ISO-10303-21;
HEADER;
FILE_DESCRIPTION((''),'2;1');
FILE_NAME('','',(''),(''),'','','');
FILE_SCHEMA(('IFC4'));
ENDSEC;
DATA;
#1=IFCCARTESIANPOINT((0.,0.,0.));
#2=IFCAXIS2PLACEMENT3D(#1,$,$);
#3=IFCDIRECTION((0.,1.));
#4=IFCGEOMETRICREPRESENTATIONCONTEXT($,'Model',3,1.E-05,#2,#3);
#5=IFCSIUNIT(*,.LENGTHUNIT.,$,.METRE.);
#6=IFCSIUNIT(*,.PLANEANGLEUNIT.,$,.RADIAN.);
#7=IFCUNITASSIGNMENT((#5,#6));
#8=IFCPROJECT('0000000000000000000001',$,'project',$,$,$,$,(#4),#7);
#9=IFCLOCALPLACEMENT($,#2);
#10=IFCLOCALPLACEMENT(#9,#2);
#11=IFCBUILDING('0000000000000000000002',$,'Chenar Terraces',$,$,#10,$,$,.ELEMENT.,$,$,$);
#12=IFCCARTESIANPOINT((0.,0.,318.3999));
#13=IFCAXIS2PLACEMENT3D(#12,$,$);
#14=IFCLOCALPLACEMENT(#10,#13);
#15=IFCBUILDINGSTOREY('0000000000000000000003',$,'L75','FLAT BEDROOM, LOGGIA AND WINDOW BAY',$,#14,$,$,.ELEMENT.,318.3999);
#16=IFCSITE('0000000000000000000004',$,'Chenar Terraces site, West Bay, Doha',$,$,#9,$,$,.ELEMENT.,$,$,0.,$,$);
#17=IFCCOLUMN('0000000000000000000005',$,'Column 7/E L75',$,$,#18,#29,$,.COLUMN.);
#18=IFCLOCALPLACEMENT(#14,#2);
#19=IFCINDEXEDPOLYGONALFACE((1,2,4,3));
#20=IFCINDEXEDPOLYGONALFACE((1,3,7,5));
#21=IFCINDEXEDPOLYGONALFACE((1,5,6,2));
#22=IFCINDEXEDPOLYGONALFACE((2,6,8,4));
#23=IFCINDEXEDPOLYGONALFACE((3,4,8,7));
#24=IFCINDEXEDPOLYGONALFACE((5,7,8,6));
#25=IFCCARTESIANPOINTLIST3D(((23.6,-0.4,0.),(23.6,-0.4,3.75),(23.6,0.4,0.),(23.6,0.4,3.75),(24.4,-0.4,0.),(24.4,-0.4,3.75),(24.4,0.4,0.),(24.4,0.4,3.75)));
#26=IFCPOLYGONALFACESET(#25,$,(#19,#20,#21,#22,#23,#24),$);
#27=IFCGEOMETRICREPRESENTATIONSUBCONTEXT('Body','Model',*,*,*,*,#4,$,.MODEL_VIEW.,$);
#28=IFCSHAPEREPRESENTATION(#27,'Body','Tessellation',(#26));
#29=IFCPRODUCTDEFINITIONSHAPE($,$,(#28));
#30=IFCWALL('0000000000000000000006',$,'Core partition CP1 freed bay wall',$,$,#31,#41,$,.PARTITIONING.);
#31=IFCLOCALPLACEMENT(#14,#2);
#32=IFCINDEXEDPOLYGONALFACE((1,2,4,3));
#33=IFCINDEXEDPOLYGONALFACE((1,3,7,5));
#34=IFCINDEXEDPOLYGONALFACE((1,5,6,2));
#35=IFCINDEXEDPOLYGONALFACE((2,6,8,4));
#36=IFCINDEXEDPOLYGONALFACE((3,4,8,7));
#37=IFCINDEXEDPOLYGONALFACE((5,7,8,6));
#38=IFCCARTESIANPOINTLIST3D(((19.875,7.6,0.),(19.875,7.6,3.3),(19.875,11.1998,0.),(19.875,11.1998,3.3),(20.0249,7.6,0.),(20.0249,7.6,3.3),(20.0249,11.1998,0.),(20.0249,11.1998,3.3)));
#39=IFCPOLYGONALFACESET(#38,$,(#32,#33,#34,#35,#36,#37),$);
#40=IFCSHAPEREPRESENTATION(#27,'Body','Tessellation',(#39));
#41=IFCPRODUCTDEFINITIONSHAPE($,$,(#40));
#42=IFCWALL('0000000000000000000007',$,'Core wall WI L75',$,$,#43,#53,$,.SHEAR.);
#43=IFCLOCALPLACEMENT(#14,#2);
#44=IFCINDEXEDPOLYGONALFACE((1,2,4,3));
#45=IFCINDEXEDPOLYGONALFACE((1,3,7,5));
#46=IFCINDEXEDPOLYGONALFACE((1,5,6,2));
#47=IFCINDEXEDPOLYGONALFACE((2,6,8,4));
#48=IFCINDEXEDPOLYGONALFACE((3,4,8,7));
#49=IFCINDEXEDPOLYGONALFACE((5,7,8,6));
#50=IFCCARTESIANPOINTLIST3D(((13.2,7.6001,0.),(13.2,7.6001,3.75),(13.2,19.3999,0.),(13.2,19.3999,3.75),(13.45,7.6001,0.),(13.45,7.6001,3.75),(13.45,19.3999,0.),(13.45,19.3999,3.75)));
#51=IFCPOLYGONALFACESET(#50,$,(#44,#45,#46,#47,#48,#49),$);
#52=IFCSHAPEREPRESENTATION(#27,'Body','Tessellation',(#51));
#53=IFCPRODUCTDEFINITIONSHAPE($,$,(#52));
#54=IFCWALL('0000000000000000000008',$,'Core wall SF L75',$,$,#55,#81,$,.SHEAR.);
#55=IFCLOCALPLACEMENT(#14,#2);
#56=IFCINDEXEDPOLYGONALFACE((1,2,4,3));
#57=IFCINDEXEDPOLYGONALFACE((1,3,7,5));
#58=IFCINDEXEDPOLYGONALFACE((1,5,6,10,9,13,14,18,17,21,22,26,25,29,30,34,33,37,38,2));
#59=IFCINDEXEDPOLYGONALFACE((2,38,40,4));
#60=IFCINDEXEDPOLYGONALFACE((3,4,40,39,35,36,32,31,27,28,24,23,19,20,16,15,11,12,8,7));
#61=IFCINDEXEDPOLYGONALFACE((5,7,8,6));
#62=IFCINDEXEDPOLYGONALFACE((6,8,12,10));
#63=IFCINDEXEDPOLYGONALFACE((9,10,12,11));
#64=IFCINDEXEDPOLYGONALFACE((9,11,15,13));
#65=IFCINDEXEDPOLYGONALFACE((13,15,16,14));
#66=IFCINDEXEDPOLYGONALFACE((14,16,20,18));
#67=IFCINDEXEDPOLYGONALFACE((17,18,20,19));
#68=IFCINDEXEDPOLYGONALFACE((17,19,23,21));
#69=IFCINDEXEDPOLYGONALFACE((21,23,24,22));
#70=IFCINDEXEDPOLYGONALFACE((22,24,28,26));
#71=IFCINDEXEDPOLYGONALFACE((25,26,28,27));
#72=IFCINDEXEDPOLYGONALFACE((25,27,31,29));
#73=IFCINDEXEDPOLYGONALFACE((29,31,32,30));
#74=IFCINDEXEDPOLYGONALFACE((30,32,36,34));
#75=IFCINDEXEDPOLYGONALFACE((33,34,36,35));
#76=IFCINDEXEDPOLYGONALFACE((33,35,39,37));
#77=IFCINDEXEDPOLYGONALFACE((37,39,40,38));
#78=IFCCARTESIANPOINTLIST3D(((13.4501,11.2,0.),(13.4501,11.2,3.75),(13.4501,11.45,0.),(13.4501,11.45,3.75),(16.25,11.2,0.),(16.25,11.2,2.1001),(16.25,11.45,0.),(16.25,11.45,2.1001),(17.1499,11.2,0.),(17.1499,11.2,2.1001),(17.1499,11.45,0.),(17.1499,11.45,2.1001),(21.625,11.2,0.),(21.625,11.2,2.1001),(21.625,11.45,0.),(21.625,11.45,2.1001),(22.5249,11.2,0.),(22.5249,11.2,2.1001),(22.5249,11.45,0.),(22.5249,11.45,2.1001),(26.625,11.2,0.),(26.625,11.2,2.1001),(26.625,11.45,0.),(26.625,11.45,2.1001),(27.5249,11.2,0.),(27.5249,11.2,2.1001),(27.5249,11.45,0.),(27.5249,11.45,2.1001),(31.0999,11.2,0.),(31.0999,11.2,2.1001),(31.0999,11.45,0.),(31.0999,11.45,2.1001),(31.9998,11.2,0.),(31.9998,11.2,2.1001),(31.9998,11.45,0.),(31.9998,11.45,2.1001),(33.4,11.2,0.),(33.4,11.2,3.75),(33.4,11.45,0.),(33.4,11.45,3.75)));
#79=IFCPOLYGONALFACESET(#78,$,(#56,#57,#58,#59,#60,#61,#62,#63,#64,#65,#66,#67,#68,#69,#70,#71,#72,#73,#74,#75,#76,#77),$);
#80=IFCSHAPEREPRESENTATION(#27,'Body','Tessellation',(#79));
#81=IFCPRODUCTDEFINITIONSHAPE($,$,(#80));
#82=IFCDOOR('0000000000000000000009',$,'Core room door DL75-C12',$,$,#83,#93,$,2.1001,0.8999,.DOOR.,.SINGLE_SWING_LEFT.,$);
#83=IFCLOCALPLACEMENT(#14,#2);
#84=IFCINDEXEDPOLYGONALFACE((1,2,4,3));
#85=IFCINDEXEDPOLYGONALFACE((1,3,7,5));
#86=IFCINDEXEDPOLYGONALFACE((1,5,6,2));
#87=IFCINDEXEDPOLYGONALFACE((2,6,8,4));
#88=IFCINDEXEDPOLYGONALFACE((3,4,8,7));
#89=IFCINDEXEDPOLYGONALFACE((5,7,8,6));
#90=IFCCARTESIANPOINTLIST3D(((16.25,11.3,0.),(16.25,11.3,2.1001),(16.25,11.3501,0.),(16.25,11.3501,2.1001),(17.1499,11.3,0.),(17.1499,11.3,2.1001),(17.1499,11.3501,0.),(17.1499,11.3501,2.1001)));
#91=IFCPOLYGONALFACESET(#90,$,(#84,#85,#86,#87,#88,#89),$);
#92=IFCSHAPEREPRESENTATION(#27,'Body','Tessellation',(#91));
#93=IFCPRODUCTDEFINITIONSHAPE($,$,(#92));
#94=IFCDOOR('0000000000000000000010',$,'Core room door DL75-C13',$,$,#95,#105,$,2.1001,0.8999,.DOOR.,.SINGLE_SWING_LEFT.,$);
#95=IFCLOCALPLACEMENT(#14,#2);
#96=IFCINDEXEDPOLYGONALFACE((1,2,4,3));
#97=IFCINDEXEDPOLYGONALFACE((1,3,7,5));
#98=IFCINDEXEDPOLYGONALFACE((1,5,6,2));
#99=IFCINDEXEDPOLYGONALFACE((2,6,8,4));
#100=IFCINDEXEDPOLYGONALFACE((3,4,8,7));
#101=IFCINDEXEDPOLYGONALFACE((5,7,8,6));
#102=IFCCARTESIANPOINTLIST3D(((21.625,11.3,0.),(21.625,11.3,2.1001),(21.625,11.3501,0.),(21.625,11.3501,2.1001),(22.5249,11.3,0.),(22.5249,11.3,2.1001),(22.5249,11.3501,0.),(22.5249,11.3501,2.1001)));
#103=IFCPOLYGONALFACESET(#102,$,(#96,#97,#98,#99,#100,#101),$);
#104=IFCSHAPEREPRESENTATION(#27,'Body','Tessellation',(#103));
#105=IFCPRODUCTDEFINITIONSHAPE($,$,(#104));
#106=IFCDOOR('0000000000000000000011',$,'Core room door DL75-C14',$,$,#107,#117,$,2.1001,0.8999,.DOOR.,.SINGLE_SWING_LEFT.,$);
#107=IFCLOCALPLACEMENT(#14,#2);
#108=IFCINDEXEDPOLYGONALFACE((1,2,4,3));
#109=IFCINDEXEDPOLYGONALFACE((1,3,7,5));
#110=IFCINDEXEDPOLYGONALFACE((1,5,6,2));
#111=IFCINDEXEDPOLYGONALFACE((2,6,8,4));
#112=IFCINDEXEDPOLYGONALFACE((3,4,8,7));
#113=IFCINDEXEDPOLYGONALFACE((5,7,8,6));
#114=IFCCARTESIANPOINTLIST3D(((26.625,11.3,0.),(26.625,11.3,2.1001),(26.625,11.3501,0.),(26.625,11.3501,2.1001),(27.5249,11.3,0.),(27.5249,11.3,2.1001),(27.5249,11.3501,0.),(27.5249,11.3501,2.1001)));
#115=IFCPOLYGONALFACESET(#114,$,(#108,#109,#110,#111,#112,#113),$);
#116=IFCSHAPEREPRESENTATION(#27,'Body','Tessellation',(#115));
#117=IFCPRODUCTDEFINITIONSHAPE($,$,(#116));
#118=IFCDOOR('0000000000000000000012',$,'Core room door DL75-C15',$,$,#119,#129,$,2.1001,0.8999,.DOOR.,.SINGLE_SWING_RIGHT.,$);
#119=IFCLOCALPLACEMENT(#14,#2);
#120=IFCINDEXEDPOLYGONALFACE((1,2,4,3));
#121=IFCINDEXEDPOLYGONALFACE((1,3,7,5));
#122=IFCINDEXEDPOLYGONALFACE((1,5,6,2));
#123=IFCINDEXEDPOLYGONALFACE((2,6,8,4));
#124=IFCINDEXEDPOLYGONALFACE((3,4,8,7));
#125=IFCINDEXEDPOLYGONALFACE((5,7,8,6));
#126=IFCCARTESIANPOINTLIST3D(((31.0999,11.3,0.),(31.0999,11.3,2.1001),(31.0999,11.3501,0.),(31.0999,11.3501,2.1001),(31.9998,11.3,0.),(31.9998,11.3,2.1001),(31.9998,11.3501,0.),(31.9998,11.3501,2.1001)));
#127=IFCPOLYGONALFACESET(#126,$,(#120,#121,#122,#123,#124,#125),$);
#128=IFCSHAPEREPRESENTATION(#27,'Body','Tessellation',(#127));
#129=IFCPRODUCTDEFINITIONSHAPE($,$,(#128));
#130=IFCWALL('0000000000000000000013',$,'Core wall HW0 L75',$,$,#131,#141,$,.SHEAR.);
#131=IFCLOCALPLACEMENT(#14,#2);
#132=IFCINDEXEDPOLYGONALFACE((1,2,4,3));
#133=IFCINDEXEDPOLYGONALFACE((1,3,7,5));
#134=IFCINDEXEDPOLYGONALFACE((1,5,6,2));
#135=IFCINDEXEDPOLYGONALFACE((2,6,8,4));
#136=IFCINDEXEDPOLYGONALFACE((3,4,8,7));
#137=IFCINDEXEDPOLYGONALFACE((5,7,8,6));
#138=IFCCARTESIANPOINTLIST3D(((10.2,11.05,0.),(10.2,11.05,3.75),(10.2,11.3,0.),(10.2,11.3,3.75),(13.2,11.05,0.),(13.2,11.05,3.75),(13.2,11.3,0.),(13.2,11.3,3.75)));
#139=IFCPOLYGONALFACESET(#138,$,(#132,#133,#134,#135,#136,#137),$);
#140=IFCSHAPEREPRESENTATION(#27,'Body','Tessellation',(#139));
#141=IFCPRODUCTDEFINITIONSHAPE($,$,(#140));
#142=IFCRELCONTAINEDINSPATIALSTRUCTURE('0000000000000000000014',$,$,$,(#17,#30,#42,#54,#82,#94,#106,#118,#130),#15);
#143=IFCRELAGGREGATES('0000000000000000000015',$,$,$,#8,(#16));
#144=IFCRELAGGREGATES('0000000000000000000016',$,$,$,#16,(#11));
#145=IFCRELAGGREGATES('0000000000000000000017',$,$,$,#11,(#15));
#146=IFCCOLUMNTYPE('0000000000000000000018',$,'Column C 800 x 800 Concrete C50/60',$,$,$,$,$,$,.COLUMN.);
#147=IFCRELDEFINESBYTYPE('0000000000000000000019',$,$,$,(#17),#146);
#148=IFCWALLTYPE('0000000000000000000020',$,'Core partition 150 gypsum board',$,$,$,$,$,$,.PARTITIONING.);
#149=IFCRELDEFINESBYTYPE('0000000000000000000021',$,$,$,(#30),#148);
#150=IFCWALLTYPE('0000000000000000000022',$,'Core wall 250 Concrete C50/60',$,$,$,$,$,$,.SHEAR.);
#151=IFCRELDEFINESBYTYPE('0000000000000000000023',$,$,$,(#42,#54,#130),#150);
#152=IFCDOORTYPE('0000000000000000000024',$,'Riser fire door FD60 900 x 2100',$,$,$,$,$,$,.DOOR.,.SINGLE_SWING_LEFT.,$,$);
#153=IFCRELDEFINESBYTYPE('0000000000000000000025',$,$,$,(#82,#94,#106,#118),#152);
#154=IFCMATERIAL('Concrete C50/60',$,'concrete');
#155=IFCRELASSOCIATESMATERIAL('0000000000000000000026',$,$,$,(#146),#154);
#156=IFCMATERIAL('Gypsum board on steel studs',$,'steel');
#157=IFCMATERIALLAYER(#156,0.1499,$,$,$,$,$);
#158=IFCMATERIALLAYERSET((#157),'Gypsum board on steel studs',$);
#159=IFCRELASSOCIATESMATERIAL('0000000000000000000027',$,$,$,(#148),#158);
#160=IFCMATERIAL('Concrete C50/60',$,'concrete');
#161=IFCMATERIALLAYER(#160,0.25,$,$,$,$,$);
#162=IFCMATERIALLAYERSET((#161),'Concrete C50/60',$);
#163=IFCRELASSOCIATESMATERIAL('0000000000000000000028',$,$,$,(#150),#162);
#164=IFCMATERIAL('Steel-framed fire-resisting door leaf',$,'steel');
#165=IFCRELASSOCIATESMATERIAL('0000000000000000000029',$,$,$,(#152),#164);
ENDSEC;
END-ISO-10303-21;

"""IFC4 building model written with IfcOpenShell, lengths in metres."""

from ifc_helpers import new_model, si_unit, direction, frame, frame_2d, origin, origin_2d, place, context, subcontext, project, spatial, rectangle, extrude, material, layer, layer_set, material_profile, profile_set, type_object, element, fill, save


model = new_model("IFC4")

# Units and contexts
model_context = context("Model", 3, precision=1e-05, world=origin(), true_north=direction((0.0, 1.0)))
body_context = subcontext(model_context, "Body", "Model", "MODEL_VIEW")
ifc_project = project(units=[si_unit("LENGTHUNIT", "METRE"), si_unit("PLANEANGLEUNIT", "RADIAN")], contexts=[model_context])

# Site, building, storey
site_placement = place(None, origin())
site = spatial("IfcSite", under=ifc_project, at=site_placement, Name="Chenar Terraces site, West Bay, Doha", CompositionType="ELEMENT", RefElevation=0.0)
building_placement = place(site_placement, origin())
building = spatial("IfcBuilding", under=site, at=building_placement, Name="Chenar Terraces", CompositionType="ELEMENT")
storey_placement = place(building_placement, frame((0.0, 0.0, 318.3999)))
storey = spatial("IfcBuildingStorey", under=building, at=storey_placement, Name="L75", Description="FLAT BEDROOM, LOGGIA AND WINDOW BAY", CompositionType="ELEMENT", Elevation=318.3999)

# Column
ifc_material_1 = material(Name="Concrete C50/60", Category="concrete")
ifc_material_profile = material_profile(ifc_material_1, rectangle(XDim=0.8, YDim=0.8, at=origin_2d()), Name="C 800 x 800")
ifc_profile_set = profile_set([ifc_material_profile], Name="Concrete C50/60")
column_type = type_object("IfcColumnType", Name="Column C 800 x 800 Concrete C50/60", PredefinedType="COLUMN", material=ifc_profile_set)
column_placement = place(storey_placement, frame((24.0, 0.0, 0.0), z_axis=(0.0, 0.0, 1.0), x_axis=(1.0, 0.0, 0.0)))
element("IfcColumn", 1, at=column_placement, inside=storey, type_object=column_type, Name="Column 7/E L75", PredefinedType="COLUMN", context=body_context, shape_type="SweptSolid", body=[
    extrude(rectangle(XDim=0.8, YDim=0.8, at=origin_2d()), origin(), (0.0, 0.0, 1.0), 3.75),
])

# Walls
ifc_material_2 = material(Name="Gypsum board on steel studs", Category="steel")
ifc_layer_1 = layer(ifc_material_2, 0.1499)
ifc_layer_set_1 = layer_set([ifc_layer_1], Name="Gypsum board on steel studs")
wall_type_1 = type_object("IfcWallType", Name="Core partition 150 gypsum board", PredefinedType="PARTITIONING", material=ifc_layer_set_1)
wall_1_placement = place(storey_placement, frame((19.95, 7.6001, 0.0), z_axis=(0.0, 0.0, 1.0), x_axis=(0.0, 1.0, 0.0)))
element("IfcWall", 2, at=wall_1_placement, inside=storey, type_object=wall_type_1, Name="Core partition CP1 freed bay wall", PredefinedType="PARTITIONING", context=body_context, shape_type="SweptSolid", body=[
    extrude(rectangle(XDim=3.5999, YDim=0.1499, at=frame_2d((1.7998, 0.0))), origin(), (0.0, 0.0, 1.0), 3.3),
])
ifc_material_3 = material(Name="Concrete C50/60", Category="concrete")
ifc_layer_2 = layer(ifc_material_3, 0.25)
ifc_layer_set_2 = layer_set([ifc_layer_2], Name="Concrete C50/60")
wall_type_2 = type_object("IfcWallType", Name="Core wall 250 Concrete C50/60", PredefinedType="SHEAR", material=ifc_layer_set_2)
wall_2_placement = place(storey_placement, frame((13.325, 7.6001, 0.0), z_axis=(0.0, 0.0, 1.0), x_axis=(0.0, 1.0, 0.0)))
element("IfcWall", 3, at=wall_2_placement, inside=storey, type_object=wall_type_2, Name="Core wall WI L75", PredefinedType="SHEAR", context=body_context, shape_type="SweptSolid", body=[
    extrude(rectangle(XDim=11.7998, YDim=0.25, at=frame_2d((5.8999, 0.0))), origin(), (0.0, 0.0, 1.0), 3.75),
])

# Wall, openings, doors
wall_3_placement = place(storey_placement, frame((13.45, 11.325, 0.0), z_axis=(0.0, 0.0, 1.0), x_axis=(1.0, 0.0, 0.0)))
wall_3 = element("IfcWall", 4, at=wall_3_placement, inside=storey, type_object=wall_type_2, Name="Core wall SF L75", PredefinedType="SHEAR", context=body_context, shape_type="SweptSolid", body=[
    extrude(rectangle(XDim=19.95, YDim=0.25, at=frame_2d((9.9751, 0.0))), origin(), (0.0, 0.0, 1.0), 3.75),
])
opening_1_placement = place(wall_3_placement, frame((2.8, 0.0, 0.0)))
opening_1 = element("IfcOpeningElement", 5, at=opening_1_placement, cuts=wall_3, PredefinedType="OPENING", context=body_context, shape_type="SweptSolid", body=[
    extrude(rectangle(XDim=0.8999, YDim=2.1001, at=frame_2d((0.45, 1.05))), frame((0.0, 0.135, 0.0), z_axis=(0.0, -1.0, 0.0), x_axis=(1.0, 0.0, 0.0)), (0.0, 0.0, 1.0), 0.27),
])
opening_2_placement = place(wall_3_placement, frame((8.175, 0.0, 0.0)))
opening_2 = element("IfcOpeningElement", 6, at=opening_2_placement, cuts=wall_3, PredefinedType="OPENING", context=body_context, shape_type="SweptSolid", body=[
    extrude(rectangle(XDim=0.8999, YDim=2.1001, at=frame_2d((0.45, 1.05))), frame((0.0, 0.135, 0.0), z_axis=(0.0, -1.0, 0.0), x_axis=(1.0, 0.0, 0.0)), (0.0, 0.0, 1.0), 0.27),
])
opening_3_placement = place(wall_3_placement, frame((13.175, 0.0, 0.0)))
opening_3 = element("IfcOpeningElement", 7, at=opening_3_placement, cuts=wall_3, PredefinedType="OPENING", context=body_context, shape_type="SweptSolid", body=[
    extrude(rectangle(XDim=0.8999, YDim=2.1001, at=frame_2d((0.45, 1.05))), frame((0.0, 0.135, 0.0), z_axis=(0.0, -1.0, 0.0), x_axis=(1.0, 0.0, 0.0)), (0.0, 0.0, 1.0), 0.27),
])
opening_4_placement = place(wall_3_placement, frame((17.6499, 0.0, 0.0)))
opening_4 = element("IfcOpeningElement", 8, at=opening_4_placement, cuts=wall_3, PredefinedType="OPENING", context=body_context, shape_type="SweptSolid", body=[
    extrude(rectangle(XDim=0.8999, YDim=2.1001, at=frame_2d((0.45, 1.05))), frame((0.0, 0.135, 0.0), z_axis=(0.0, -1.0, 0.0), x_axis=(1.0, 0.0, 0.0)), (0.0, 0.0, 1.0), 0.27),
])
ifc_material_4 = material(Name="Steel-framed fire-resisting door leaf", Category="steel")
door_type_1 = type_object("IfcDoorType", Name="Riser fire door FD60 900 x 2100", OperationType="SINGLE_SWING_LEFT", PredefinedType="DOOR", material=ifc_material_4)
door_1_placement = place(opening_1_placement, frame((0.8999, 0.0, 0.0), z_axis=(0.0, 0.0, 1.0), x_axis=(-1.0, 0.0, 0.0)))
door_1 = element("IfcDoor", 9, at=door_1_placement, inside=storey, type_object=door_type_1, Name="Core room door DL75-C12", OperationType="SINGLE_SWING_LEFT", OverallHeight=2.1001, OverallWidth=0.8999, PredefinedType="DOOR", context=body_context, shape_type="SweptSolid", body=[
    extrude(rectangle(XDim=0.8999, YDim=2.1001, at=frame_2d((0.45, 1.05))), frame((0.0, 0.0249, 0.0), z_axis=(0.0, -1.0, 0.0), x_axis=(1.0, 0.0, 0.0)), (0.0, 0.0, 1.0), 0.05),
])
fill(opening_1, door_1)
door_2_placement = place(opening_2_placement, frame((0.8999, 0.0, 0.0), z_axis=(0.0, 0.0, 1.0), x_axis=(-1.0, 0.0, 0.0)))
door_2 = element("IfcDoor", 10, at=door_2_placement, inside=storey, type_object=door_type_1, Name="Core room door DL75-C13", OperationType="SINGLE_SWING_LEFT", OverallHeight=2.1001, OverallWidth=0.8999, PredefinedType="DOOR", context=body_context, shape_type="SweptSolid", body=[
    extrude(rectangle(XDim=0.8999, YDim=2.1001, at=frame_2d((0.45, 1.05))), frame((0.0, 0.0249, 0.0), z_axis=(0.0, -1.0, 0.0), x_axis=(1.0, 0.0, 0.0)), (0.0, 0.0, 1.0), 0.05),
])
fill(opening_2, door_2)
door_3_placement = place(opening_3_placement, frame((0.8999, 0.0, 0.0), z_axis=(0.0, 0.0, 1.0), x_axis=(-1.0, 0.0, 0.0)))
door_3 = element("IfcDoor", 11, at=door_3_placement, inside=storey, type_object=door_type_1, Name="Core room door DL75-C14", OperationType="SINGLE_SWING_LEFT", OverallHeight=2.1001, OverallWidth=0.8999, PredefinedType="DOOR", context=body_context, shape_type="SweptSolid", body=[
    extrude(rectangle(XDim=0.8999, YDim=2.1001, at=frame_2d((0.45, 1.05))), frame((0.0, 0.0249, 0.0), z_axis=(0.0, -1.0, 0.0), x_axis=(1.0, 0.0, 0.0)), (0.0, 0.0, 1.0), 0.05),
])
fill(opening_3, door_3)
door_4_placement = place(opening_4_placement, frame((0.8999, 0.0, 0.0), z_axis=(0.0, 0.0, 1.0), x_axis=(-1.0, 0.0, 0.0)))
door_4 = element("IfcDoor", 12, at=door_4_placement, inside=storey, type_object=door_type_1, Name="Core room door DL75-C15", OperationType="SINGLE_SWING_RIGHT", OverallHeight=2.1001, OverallWidth=0.8999, PredefinedType="DOOR", context=body_context, shape_type="SweptSolid", body=[
    extrude(rectangle(XDim=0.8999, YDim=2.1001, at=frame_2d((0.45, 1.05))), frame((0.0, 0.0249, 0.0), z_axis=(0.0, -1.0, 0.0), x_axis=(1.0, 0.0, 0.0)), (0.0, 0.0, 1.0), 0.05),
])
fill(opening_4, door_4)

# Wall
wall_4_placement = place(storey_placement, frame((10.2, 11.175, 0.0), z_axis=(0.0, 0.0, 1.0), x_axis=(1.0, 0.0, 0.0)))
element("IfcWall", 13, at=wall_4_placement, inside=storey, type_object=wall_type_2, Name="Core wall HW0 L75", PredefinedType="SHEAR", context=body_context, shape_type="SweptSolid", body=[
    extrude(rectangle(XDim=3.0, YDim=0.25, at=frame_2d((1.5, 0.0))), origin(), (0.0, 0.0, 1.0), 3.75),
])

save(model, "model.ifc")
